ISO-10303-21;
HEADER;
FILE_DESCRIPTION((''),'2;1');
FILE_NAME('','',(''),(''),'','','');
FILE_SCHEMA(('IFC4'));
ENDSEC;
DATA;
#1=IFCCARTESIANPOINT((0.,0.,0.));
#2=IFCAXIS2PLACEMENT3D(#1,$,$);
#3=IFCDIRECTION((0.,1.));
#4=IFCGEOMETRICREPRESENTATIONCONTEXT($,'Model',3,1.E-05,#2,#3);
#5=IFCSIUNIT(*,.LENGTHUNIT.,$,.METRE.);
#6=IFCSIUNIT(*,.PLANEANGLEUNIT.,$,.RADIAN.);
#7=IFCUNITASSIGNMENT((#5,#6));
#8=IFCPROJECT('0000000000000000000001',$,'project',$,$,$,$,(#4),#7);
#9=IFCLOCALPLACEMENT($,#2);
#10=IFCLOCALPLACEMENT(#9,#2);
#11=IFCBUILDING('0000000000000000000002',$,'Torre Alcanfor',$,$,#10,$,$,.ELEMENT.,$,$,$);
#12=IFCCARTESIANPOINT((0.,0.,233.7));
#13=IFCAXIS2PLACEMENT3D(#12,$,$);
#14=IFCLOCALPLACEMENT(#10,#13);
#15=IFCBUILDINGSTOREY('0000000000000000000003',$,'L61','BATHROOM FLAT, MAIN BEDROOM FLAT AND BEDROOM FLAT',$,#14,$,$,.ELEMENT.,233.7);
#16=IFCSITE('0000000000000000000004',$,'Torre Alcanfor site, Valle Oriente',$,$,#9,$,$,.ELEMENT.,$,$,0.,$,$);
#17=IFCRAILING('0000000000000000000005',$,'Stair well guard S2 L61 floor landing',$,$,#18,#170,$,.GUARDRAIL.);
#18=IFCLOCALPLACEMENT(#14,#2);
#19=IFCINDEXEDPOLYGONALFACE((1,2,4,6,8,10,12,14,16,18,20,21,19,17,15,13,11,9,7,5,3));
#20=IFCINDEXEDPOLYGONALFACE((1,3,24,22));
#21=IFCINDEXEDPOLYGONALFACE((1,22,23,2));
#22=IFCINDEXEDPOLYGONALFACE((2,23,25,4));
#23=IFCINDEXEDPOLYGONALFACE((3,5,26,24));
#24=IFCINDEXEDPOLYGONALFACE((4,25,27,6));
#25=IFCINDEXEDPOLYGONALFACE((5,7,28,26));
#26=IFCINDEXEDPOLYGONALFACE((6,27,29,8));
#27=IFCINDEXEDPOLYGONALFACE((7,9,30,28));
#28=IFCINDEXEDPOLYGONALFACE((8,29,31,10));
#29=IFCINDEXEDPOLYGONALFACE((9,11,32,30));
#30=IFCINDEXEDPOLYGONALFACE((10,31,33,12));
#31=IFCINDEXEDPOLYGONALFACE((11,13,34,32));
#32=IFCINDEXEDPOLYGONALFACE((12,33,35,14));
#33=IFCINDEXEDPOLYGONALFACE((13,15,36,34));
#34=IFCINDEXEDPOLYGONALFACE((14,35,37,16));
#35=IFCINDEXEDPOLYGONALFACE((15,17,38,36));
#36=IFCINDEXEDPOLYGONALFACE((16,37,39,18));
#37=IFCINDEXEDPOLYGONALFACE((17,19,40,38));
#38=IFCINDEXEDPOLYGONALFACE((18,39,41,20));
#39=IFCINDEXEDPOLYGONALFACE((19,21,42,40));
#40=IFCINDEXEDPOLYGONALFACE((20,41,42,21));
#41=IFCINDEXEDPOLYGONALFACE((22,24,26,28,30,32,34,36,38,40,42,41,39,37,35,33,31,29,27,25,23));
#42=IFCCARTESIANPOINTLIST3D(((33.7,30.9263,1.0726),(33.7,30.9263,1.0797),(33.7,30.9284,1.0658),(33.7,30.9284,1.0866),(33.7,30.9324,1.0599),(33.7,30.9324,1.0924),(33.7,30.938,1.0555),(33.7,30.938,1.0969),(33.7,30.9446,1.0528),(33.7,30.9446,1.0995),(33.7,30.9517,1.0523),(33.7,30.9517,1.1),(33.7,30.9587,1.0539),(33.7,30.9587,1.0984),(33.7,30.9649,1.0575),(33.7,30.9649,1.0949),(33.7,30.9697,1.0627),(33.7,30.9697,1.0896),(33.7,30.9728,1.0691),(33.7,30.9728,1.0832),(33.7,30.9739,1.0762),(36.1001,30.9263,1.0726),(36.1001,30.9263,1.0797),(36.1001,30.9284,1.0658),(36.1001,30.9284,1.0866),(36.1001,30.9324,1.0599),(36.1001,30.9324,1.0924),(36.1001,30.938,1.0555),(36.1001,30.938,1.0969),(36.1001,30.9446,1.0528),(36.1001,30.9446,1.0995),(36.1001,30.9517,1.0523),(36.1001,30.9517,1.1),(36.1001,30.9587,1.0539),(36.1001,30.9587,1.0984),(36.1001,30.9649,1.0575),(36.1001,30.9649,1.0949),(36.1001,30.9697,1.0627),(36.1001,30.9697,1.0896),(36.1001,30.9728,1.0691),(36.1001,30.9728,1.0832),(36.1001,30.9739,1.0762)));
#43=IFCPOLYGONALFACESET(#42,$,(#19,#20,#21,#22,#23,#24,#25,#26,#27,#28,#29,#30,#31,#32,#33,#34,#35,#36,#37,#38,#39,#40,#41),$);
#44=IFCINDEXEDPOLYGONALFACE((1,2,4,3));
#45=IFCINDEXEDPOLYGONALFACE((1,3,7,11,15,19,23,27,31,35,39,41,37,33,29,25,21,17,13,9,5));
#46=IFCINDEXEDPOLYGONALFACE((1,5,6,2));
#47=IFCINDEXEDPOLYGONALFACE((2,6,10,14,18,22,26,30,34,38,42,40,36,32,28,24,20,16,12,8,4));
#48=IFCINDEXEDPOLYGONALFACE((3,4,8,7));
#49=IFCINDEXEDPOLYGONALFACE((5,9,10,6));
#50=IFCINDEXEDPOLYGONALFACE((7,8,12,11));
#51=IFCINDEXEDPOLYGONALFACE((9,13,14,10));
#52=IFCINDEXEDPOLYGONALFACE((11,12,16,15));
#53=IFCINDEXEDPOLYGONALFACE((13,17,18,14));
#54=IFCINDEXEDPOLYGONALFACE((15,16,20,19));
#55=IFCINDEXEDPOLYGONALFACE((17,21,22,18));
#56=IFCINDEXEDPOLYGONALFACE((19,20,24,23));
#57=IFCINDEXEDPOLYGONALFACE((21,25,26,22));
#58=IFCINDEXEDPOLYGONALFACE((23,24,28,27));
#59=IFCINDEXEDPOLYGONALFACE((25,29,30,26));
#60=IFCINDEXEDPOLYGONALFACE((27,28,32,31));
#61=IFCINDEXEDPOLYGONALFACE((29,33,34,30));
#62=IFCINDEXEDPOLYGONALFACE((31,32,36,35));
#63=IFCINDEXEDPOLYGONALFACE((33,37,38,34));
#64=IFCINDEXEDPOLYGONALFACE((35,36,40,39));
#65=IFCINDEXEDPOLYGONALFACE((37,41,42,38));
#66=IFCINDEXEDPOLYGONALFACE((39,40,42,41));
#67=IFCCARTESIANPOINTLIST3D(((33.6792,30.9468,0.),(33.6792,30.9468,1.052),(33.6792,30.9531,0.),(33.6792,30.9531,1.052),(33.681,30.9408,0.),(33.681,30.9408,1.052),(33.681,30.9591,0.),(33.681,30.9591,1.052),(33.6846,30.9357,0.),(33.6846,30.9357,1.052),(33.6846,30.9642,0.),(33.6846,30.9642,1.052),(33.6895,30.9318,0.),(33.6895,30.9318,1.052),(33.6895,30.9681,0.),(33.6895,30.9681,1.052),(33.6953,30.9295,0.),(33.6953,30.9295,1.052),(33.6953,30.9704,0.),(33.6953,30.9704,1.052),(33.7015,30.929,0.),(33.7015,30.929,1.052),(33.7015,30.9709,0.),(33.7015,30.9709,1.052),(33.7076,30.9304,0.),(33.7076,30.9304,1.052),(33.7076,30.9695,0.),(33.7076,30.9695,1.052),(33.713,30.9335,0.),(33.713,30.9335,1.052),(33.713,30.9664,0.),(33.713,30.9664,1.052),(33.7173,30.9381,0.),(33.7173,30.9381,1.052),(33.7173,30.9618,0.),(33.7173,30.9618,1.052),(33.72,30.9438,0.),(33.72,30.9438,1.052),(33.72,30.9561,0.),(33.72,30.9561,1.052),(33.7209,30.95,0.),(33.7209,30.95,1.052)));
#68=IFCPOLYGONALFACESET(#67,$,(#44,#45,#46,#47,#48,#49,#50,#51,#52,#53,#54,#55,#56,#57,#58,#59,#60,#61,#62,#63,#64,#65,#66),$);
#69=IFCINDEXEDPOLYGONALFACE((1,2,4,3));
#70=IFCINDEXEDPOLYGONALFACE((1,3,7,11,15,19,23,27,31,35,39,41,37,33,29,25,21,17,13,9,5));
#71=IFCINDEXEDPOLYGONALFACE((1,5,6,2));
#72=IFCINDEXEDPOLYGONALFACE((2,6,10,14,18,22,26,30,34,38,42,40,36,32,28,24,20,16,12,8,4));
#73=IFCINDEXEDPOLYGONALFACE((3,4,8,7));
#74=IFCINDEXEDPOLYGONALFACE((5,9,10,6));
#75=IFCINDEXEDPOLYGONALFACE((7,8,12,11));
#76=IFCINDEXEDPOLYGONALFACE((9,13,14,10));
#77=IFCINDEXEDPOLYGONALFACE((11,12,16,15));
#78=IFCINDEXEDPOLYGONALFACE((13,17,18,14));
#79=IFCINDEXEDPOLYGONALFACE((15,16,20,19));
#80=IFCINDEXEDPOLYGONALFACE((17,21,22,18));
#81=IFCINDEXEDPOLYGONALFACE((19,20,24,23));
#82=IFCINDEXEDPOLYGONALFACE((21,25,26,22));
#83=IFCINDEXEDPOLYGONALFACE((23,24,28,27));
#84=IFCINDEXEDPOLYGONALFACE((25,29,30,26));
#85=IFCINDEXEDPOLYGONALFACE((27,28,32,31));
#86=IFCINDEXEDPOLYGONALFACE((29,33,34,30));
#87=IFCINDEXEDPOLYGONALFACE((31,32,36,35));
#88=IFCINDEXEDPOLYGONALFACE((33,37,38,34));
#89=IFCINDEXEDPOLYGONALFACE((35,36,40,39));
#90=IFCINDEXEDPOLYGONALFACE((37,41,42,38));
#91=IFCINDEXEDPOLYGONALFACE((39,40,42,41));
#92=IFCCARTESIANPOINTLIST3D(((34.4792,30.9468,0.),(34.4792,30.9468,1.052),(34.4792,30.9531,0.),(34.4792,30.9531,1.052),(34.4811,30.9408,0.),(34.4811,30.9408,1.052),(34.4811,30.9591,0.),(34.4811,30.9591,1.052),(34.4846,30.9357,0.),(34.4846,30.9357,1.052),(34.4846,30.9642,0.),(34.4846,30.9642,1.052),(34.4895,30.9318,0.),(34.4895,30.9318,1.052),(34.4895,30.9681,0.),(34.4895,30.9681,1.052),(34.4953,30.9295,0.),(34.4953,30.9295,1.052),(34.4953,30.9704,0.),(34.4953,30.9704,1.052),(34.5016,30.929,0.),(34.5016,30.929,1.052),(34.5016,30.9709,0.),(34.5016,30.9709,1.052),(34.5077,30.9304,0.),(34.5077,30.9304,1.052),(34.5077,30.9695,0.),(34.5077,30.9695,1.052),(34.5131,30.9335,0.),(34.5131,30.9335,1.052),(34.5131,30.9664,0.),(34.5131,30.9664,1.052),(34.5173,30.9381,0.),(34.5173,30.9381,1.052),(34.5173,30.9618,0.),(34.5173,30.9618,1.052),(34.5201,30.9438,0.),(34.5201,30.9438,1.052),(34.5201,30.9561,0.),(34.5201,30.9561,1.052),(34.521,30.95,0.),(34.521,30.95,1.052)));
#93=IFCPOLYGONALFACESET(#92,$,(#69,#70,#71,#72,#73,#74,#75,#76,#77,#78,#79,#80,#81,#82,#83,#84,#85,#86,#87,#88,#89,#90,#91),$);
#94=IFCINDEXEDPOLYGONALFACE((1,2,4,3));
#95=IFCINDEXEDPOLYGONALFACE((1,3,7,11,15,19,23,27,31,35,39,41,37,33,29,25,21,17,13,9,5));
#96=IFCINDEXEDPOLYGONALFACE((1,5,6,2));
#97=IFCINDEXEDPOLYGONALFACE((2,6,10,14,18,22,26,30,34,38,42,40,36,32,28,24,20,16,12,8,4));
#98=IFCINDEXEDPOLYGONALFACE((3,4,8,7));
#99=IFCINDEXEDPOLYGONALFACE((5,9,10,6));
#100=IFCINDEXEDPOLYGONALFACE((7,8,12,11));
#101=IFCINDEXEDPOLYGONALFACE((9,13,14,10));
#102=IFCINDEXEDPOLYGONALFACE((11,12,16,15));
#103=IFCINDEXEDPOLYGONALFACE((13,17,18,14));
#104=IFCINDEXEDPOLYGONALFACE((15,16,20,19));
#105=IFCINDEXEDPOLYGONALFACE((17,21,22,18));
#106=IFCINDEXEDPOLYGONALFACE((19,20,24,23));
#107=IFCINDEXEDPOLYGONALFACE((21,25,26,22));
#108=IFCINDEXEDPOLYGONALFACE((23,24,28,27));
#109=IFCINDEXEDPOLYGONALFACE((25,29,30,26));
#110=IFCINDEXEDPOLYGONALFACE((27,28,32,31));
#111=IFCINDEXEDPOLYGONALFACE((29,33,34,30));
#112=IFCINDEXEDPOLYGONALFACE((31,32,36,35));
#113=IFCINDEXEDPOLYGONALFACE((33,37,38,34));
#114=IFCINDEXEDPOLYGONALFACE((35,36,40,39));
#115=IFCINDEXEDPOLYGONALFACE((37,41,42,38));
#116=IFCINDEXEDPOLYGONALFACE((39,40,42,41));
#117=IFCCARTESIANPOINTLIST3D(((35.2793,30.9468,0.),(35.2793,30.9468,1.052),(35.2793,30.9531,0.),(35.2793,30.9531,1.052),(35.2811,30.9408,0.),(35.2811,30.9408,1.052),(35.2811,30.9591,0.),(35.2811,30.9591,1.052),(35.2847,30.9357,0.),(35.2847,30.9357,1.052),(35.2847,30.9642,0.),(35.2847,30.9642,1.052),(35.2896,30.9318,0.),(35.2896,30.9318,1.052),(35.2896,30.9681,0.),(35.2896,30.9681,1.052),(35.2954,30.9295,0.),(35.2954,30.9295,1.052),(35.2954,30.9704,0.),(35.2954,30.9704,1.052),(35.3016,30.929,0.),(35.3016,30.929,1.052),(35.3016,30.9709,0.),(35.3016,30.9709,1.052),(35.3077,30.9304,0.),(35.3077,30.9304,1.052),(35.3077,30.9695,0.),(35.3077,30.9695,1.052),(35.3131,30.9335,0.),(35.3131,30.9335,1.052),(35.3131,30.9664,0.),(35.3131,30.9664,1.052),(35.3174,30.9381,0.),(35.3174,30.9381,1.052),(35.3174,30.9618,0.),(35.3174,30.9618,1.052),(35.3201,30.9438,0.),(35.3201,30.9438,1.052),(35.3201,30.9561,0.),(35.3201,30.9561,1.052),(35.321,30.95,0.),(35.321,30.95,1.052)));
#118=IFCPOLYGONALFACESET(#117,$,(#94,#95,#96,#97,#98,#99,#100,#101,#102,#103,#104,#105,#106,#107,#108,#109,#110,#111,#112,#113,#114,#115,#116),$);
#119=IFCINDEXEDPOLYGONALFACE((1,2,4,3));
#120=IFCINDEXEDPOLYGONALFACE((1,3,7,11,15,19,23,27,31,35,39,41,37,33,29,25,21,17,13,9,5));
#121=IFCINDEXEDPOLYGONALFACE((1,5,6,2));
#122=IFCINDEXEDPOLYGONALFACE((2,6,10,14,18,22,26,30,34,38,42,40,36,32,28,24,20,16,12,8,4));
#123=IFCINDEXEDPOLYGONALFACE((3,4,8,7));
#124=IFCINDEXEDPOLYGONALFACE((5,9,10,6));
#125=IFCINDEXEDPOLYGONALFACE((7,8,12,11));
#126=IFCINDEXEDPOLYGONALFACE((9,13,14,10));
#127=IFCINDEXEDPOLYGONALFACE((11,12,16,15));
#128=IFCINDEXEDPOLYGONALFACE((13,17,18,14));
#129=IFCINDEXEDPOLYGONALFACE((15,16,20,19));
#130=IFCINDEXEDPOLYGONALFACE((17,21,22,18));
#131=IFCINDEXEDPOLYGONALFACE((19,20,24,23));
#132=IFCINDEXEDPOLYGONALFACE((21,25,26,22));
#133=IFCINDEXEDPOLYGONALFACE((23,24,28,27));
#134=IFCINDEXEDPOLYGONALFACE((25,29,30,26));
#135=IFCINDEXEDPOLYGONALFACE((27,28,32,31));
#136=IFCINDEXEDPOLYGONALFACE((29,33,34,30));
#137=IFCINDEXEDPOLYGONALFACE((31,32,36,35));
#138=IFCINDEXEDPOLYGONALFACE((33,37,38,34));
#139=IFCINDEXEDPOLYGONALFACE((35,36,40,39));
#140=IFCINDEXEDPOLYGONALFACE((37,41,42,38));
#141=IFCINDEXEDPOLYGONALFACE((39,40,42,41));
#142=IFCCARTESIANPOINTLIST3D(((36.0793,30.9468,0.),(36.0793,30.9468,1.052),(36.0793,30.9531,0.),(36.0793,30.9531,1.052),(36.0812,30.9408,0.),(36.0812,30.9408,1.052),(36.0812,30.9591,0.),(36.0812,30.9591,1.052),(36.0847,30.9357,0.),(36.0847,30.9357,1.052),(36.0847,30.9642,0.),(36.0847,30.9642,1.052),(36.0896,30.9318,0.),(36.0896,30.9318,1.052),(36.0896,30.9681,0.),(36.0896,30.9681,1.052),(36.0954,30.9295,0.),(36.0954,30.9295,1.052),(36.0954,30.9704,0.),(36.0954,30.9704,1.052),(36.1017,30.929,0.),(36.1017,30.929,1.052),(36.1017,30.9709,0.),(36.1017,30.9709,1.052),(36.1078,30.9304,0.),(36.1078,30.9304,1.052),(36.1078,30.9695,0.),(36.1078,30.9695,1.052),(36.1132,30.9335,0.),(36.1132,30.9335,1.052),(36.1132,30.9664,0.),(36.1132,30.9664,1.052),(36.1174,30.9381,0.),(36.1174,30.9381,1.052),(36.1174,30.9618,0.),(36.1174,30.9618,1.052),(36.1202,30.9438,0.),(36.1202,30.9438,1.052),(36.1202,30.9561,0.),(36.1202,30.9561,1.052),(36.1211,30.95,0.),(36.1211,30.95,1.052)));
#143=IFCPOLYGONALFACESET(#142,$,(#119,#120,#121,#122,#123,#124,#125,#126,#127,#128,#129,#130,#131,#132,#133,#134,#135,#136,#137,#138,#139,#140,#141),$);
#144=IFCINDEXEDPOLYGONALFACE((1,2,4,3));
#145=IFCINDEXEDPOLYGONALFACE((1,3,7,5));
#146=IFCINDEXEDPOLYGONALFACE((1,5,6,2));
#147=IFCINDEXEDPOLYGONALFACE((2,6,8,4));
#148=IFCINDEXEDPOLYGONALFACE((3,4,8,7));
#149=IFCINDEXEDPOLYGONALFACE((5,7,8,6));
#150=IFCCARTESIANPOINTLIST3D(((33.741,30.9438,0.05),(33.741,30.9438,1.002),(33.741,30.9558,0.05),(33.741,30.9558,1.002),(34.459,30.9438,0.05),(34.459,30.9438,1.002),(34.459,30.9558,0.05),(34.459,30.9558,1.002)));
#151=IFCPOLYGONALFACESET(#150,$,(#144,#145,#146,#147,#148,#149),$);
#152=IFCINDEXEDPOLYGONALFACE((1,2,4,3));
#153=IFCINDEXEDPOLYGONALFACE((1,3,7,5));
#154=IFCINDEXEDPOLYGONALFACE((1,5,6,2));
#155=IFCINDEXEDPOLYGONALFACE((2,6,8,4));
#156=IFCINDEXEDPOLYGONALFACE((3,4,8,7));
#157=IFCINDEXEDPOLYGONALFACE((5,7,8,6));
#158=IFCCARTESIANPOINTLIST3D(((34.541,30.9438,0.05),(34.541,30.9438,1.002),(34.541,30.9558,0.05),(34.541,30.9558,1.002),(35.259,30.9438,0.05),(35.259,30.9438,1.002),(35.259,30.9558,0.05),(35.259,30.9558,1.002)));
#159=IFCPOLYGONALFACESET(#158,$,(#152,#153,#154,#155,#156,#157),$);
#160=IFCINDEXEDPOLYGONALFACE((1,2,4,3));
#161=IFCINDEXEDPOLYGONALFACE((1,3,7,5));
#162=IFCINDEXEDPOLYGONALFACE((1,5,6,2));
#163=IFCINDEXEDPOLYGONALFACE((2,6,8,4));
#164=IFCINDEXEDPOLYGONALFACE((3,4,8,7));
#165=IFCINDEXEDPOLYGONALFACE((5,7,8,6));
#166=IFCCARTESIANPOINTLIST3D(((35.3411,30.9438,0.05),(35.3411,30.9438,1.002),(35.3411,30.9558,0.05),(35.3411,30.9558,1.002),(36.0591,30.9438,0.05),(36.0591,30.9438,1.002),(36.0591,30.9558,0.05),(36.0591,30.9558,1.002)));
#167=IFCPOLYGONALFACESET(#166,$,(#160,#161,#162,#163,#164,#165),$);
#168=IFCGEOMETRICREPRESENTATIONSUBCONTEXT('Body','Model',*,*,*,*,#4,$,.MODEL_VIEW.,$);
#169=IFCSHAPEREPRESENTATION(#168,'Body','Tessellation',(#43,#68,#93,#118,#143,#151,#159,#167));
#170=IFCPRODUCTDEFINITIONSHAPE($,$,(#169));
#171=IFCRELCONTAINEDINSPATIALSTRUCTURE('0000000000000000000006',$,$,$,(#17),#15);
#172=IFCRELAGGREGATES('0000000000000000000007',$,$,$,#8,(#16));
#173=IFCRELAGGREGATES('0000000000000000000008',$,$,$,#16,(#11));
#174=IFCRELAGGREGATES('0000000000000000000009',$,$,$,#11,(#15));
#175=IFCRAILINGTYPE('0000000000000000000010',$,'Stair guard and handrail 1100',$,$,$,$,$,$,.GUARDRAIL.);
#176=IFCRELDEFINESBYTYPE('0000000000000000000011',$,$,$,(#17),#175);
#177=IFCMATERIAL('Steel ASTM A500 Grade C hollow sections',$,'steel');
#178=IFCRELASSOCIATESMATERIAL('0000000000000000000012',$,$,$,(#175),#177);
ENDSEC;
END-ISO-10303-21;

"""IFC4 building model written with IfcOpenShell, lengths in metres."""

from ifc_helpers import new_model, si_unit, direction, frame, origin, origin_2d, place, context, subcontext, project, spatial, polyline, circle, outline, extrude, material, type_object, element, save


model = new_model("IFC4")

# Units and contexts
model_context = context("Model", 3, precision=1e-05, world=origin(), true_north=direction((0.0, 1.0)))
body_context = subcontext(model_context, "Body", "Model", "MODEL_VIEW")
ifc_project = project(units=[si_unit("LENGTHUNIT", "METRE"), si_unit("PLANEANGLEUNIT", "RADIAN")], contexts=[model_context])

# Site, building, storey
site_placement = place(None, origin())
site = spatial("IfcSite", under=ifc_project, at=site_placement, Name="Torre Alcanfor site, Valle Oriente", CompositionType="ELEMENT", RefElevation=0.0)
building_placement = place(site_placement, origin())
building = spatial("IfcBuilding", under=site, at=building_placement, Name="Torre Alcanfor", CompositionType="ELEMENT")
storey_placement = place(building_placement, frame((0.0, 0.0, 233.7)))
storey = spatial("IfcBuildingStorey", under=building, at=storey_placement, Name="L61", Description="BATHROOM FLAT, MAIN BEDROOM FLAT AND BEDROOM FLAT", CompositionType="ELEMENT", Elevation=233.7)

# Railing
ifc_material_1 = material(Name="Steel ASTM A500 Grade C hollow sections", Category="steel")
railing_type_1 = type_object("IfcRailingType", Name="Stair guard and handrail 1100", PredefinedType="GUARDRAIL", material=ifc_material_1)
for number, where, name in (
    (1, (33.7, 30.95, 0.0), "Stair well guard S2 L61 floor landing"),
):
    element("IfcRailing", number, at=place(storey_placement, frame(where)), inside=storey, type_object=railing_type_1, Name=name, PredefinedType="GUARDRAIL", context=body_context, shape_type="SweptSolid", body=[
        extrude(circle(Radius=0.0239, at=origin_2d()), frame((0.0, 0.0, 1.0762), z_axis=(1.0, 0.0, 0.0), x_axis=(0.0, 1.0, 0.0)), (0.0, 0.0, 1.0), 2.4001),
        extrude(circle(Radius=0.021, at=origin_2d()), origin(), (0.0, 0.0, 1.0), 1.052),
        extrude(circle(Radius=0.021, at=origin_2d()), frame((0.8, 0.0, 0.0)), (0.0, 0.0, 1.0), 1.052),
        extrude(circle(Radius=0.021, at=origin_2d()), frame((1.6001, 0.0, 0.0)), (0.0, 0.0, 1.0), 1.052),
        extrude(circle(Radius=0.021, at=origin_2d()), frame((2.4001, 0.0, 0.0)), (0.0, 0.0, 1.0), 1.052),
        extrude(outline(polyline([(0.041, 0.05), (0.759, 0.05), (0.759, 1.002), (0.041, 1.002), (0.041, 0.05)])), frame((0.0, 0.0059, 0.0), z_axis=(0.0, -1.0, 0.0), x_axis=(1.0, 0.0, 0.0)), (0.0, 0.0, 1.0), 0.012),
        extrude(outline(polyline([(0.8411, 0.05), (1.5591, 0.05), (1.5591, 1.002), (0.8411, 1.002), (0.8411, 0.05)])), frame((0.0, 0.0059, 0.0), z_axis=(0.0, -1.0, 0.0), x_axis=(1.0, 0.0, 0.0)), (0.0, 0.0, 1.0), 0.012),
        extrude(outline(polyline([(1.6411, 0.05), (2.3591, 0.05), (2.3591, 1.002), (1.6411, 1.002), (1.6411, 0.05)])), frame((0.0, 0.0059, 0.0), z_axis=(0.0, -1.0, 0.0), x_axis=(1.0, 0.0, 0.0)), (0.0, 0.0, 1.0), 0.012),
    ])

save(model, "model.ifc")
